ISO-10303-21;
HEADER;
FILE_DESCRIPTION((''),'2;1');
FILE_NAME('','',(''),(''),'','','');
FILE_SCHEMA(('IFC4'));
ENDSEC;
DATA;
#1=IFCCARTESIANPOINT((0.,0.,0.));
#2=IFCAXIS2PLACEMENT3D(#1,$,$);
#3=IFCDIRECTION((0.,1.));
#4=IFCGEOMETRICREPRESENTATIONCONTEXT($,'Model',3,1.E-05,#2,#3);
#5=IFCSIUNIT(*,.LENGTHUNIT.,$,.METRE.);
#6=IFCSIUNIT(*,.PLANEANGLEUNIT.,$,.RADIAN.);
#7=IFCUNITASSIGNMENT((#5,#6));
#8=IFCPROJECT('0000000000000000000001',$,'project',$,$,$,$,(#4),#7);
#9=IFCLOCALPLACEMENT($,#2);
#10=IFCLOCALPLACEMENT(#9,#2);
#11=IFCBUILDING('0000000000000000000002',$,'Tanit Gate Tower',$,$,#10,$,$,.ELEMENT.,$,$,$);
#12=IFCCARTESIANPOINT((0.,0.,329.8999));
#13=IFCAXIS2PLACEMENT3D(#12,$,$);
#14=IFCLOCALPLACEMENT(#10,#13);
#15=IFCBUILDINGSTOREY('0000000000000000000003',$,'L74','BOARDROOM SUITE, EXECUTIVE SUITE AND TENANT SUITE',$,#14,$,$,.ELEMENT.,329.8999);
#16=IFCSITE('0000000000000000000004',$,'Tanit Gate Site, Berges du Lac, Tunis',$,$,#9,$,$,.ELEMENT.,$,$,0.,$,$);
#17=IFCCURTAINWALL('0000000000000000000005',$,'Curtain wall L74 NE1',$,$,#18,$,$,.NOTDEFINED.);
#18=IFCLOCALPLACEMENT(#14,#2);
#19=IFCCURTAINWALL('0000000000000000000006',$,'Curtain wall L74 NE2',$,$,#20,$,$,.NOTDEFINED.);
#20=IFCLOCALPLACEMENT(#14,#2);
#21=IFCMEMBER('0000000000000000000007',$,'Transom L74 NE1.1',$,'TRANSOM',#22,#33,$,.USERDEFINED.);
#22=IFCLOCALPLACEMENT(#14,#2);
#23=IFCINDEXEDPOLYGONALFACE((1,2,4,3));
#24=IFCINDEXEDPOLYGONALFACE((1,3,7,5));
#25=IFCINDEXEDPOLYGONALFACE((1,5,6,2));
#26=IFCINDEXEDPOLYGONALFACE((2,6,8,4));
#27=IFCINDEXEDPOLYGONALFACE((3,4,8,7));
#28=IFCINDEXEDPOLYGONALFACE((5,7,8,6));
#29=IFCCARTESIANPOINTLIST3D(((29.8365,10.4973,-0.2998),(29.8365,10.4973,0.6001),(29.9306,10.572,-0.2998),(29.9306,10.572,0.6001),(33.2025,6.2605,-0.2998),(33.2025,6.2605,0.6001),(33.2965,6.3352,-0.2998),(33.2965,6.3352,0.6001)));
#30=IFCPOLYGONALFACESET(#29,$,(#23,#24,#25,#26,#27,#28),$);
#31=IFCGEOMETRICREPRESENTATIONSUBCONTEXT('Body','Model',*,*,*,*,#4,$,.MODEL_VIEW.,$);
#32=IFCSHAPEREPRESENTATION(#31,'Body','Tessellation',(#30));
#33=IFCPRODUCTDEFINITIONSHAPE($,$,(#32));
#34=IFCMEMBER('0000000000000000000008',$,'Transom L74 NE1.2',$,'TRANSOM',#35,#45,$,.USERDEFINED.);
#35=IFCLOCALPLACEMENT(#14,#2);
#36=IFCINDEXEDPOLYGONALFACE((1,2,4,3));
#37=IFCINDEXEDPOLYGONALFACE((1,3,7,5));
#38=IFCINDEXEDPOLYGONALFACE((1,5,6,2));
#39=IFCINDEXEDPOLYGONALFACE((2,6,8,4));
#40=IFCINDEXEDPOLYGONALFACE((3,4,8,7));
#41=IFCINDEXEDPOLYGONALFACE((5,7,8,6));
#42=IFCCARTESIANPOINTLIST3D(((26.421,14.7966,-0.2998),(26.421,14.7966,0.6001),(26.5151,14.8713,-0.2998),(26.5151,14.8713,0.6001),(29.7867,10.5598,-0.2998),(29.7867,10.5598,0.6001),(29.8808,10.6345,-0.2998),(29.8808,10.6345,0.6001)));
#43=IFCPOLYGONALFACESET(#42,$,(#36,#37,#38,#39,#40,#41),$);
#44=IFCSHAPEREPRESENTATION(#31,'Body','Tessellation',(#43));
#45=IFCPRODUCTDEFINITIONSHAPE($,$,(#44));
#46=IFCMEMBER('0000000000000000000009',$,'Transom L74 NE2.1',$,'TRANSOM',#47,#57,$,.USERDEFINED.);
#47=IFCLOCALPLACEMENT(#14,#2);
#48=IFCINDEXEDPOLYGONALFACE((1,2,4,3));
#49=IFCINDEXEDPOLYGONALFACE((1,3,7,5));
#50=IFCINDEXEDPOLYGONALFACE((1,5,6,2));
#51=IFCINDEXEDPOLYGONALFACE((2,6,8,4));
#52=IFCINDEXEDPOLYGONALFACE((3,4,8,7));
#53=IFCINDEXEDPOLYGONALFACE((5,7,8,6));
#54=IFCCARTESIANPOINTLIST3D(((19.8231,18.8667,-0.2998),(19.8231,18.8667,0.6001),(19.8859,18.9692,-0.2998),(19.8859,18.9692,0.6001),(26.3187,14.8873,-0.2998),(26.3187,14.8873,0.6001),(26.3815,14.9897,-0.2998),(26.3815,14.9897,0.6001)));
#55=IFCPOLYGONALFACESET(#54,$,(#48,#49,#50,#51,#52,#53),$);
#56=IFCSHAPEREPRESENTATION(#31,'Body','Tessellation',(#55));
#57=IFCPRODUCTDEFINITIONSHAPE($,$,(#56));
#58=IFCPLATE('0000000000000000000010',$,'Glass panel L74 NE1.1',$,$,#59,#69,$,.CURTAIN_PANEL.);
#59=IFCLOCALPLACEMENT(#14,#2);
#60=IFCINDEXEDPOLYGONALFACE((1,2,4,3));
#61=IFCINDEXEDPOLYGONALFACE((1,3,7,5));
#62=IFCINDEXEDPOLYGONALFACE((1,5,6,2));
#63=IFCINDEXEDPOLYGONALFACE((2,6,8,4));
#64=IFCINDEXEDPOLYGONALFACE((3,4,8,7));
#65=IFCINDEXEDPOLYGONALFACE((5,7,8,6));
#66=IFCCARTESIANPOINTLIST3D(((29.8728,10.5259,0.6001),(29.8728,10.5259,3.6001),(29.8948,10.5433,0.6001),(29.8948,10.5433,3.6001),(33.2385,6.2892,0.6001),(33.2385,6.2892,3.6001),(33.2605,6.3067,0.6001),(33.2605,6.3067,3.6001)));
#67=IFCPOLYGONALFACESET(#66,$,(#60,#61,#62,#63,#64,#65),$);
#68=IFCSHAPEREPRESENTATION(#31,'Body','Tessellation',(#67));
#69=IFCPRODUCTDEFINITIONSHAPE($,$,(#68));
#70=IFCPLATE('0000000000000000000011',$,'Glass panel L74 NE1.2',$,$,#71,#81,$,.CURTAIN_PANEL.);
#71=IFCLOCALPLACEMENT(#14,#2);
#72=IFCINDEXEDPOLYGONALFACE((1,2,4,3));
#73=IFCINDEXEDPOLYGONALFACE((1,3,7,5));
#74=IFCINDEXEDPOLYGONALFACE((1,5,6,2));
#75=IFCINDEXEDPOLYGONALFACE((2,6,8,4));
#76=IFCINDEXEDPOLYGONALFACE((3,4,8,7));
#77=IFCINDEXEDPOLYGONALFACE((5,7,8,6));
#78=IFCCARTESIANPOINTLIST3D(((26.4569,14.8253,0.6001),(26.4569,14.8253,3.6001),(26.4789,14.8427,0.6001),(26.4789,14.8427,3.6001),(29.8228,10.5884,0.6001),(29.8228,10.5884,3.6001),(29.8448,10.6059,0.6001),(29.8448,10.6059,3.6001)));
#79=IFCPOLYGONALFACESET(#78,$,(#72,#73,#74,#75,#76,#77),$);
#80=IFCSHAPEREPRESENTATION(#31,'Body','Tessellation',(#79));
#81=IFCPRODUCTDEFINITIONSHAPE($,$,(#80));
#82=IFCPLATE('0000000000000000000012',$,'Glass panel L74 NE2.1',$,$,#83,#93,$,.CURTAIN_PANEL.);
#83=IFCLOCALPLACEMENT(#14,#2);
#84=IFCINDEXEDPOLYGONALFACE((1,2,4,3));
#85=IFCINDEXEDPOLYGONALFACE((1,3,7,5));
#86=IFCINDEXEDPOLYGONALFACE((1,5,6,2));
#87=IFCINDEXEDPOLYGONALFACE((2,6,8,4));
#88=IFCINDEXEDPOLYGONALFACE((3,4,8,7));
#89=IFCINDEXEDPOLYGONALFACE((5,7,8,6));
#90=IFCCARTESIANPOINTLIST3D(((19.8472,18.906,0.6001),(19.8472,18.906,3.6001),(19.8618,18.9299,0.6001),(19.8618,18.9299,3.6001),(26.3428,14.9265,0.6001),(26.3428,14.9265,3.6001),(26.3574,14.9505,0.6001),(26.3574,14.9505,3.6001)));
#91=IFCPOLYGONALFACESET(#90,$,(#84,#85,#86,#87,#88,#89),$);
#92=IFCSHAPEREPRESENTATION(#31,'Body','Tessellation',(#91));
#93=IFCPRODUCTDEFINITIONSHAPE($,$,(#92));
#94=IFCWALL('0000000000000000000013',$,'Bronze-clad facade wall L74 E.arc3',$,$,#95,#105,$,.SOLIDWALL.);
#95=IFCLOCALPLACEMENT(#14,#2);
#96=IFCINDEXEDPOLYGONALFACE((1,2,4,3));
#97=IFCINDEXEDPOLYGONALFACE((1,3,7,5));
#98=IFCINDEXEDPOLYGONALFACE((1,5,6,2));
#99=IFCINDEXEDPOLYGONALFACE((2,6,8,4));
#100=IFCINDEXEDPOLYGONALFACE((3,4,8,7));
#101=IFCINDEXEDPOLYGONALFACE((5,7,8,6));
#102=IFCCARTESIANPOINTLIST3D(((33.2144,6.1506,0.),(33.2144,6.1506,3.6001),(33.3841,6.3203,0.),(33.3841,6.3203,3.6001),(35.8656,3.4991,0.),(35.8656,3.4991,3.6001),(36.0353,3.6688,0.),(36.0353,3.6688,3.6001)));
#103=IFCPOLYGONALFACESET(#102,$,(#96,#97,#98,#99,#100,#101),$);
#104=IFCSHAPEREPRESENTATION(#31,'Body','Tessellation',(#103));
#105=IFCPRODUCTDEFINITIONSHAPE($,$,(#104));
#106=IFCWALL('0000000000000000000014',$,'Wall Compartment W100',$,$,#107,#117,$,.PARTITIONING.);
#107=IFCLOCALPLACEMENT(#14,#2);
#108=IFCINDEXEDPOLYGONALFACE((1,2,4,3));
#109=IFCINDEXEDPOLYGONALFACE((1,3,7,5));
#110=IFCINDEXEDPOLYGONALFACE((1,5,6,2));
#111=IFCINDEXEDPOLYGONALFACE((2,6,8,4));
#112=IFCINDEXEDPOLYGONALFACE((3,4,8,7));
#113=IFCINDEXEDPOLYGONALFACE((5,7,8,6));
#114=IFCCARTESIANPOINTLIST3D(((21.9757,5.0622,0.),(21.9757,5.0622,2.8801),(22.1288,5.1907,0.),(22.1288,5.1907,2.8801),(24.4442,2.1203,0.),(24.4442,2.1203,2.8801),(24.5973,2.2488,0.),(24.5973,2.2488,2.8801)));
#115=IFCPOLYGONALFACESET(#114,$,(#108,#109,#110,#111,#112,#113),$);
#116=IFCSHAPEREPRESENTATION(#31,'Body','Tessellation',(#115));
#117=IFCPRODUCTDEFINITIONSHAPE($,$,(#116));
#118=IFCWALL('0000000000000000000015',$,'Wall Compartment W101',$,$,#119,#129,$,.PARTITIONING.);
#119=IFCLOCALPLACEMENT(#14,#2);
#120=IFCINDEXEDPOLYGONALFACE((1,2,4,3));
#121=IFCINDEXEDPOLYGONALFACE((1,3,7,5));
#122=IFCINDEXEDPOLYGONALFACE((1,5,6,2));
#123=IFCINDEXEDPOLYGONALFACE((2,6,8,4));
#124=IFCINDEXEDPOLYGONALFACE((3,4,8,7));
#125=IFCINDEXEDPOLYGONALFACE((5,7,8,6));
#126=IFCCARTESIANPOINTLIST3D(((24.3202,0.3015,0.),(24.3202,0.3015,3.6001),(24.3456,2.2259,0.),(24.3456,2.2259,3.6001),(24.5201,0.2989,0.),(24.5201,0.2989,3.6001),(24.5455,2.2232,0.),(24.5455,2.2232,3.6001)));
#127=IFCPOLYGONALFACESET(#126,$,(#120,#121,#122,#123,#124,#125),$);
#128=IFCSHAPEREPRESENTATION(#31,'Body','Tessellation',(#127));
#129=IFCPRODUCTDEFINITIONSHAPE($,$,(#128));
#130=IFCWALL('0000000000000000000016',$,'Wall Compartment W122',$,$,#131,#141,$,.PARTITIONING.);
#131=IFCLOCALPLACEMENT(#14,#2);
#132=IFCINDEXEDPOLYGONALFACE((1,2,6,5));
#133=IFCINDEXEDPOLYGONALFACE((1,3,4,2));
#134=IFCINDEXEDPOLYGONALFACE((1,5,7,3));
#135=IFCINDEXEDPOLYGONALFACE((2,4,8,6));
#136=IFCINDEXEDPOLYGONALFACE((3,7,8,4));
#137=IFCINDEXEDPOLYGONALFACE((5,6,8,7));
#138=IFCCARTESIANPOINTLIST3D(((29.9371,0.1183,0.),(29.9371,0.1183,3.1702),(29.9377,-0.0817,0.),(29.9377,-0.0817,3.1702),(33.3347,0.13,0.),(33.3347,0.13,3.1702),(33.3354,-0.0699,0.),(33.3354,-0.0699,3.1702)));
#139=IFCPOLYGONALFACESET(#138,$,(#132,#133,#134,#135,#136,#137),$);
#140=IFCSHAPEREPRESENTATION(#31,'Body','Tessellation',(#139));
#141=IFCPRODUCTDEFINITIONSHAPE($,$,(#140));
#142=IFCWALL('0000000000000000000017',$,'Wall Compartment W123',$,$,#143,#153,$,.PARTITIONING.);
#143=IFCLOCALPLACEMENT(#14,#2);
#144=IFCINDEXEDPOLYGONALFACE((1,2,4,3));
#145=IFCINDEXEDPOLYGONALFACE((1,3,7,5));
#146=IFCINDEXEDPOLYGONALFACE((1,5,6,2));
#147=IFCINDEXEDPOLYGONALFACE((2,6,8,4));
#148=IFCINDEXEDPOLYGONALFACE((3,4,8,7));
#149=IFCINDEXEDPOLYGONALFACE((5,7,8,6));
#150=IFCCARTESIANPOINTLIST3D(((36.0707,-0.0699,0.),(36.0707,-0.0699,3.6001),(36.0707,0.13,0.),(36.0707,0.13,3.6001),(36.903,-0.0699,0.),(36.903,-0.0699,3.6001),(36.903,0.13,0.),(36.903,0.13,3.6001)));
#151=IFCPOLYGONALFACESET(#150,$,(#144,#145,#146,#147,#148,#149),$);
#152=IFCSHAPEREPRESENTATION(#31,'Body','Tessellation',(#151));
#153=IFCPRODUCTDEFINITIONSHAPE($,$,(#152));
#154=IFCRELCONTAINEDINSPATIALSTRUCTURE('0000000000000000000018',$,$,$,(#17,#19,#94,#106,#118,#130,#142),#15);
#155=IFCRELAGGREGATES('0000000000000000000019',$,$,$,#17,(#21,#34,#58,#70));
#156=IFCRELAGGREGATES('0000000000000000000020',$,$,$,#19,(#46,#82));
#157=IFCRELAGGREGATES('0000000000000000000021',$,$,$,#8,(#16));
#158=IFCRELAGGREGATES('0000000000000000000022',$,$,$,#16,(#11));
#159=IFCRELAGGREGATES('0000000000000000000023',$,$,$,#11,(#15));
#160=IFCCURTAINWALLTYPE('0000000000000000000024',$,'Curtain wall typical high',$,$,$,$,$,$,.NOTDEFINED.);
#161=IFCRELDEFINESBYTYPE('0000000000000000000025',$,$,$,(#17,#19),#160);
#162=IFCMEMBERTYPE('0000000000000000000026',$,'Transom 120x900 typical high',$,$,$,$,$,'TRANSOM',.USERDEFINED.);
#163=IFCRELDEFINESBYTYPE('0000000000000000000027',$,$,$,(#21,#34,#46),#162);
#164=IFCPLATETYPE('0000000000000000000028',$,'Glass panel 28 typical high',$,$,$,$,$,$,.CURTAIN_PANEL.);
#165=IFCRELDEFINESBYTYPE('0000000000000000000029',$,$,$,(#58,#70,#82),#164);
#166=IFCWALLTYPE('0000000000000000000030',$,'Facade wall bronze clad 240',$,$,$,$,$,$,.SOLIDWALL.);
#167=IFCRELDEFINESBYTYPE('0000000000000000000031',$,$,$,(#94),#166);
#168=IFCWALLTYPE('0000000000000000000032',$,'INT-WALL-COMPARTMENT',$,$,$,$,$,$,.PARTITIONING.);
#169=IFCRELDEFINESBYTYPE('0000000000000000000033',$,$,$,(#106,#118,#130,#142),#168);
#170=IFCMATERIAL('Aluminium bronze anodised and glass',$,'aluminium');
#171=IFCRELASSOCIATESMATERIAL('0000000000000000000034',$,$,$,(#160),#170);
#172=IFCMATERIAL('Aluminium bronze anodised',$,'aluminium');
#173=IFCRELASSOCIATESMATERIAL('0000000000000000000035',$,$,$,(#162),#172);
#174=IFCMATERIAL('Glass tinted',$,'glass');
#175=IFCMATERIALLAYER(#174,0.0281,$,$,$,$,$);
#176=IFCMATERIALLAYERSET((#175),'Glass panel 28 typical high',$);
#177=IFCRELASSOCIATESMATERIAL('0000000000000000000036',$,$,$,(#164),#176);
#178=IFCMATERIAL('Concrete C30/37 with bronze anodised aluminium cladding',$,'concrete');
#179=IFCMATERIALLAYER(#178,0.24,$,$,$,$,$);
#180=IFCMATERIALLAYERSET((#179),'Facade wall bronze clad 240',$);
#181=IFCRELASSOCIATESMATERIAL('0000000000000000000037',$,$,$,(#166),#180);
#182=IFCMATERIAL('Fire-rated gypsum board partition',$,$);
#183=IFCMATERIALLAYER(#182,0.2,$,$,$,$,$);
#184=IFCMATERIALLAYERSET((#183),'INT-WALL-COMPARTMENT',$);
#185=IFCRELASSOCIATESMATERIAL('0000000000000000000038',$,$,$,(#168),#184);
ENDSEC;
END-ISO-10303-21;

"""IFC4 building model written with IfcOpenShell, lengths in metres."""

from ifc_helpers import new_model, si_unit, direction, frame, frame_2d, origin, origin_2d, place, context, subcontext, project, spatial, rectangle, extrude, material, layer, layer_set, material_profile, profile_set, type_object, element, aggregate, save


model = new_model("IFC4")

# Units and contexts
model_context = context("Model", 3, precision=1e-05, world=origin(), true_north=direction((0.0, 1.0)))
body_context = subcontext(model_context, "Body", "Model", "MODEL_VIEW")
ifc_project = project(units=[si_unit("LENGTHUNIT", "METRE"), si_unit("PLANEANGLEUNIT", "RADIAN")], contexts=[model_context])

# Site, building, storey
site_placement = place(None, origin())
site = spatial("IfcSite", under=ifc_project, at=site_placement, Name="Tanit Gate Site, Berges du Lac, Tunis", CompositionType="ELEMENT", RefElevation=0.0)
building_placement = place(site_placement, origin())
building = spatial("IfcBuilding", under=site, at=building_placement, Name="Tanit Gate Tower", CompositionType="ELEMENT")
storey_placement = place(building_placement, frame((0.0, 0.0, 329.8999)))
storey = spatial("IfcBuildingStorey", under=building, at=storey_placement, Name="L74", Description="BOARDROOM SUITE, EXECUTIVE SUITE AND TENANT SUITE", CompositionType="ELEMENT", Elevation=329.8999)

# Curtain walls
ifc_material_1 = material(Name="Aluminium bronze anodised and glass", Category="aluminium")
curtain_wall_type = type_object("IfcCurtainWallType", Name="Curtain wall typical high", PredefinedType="NOTDEFINED", material=ifc_material_1)
curtain_wall_1_placement = place(storey_placement, origin())
curtain_wall_1 = element("IfcCurtainWall", 1, at=curtain_wall_1_placement, inside=storey, type_object=curtain_wall_type, Name="Curtain wall L74 NE1", PredefinedType="NOTDEFINED")
curtain_wall_2_placement = place(storey_placement, origin())
curtain_wall_2 = element("IfcCurtainWall", 2, at=curtain_wall_2_placement, inside=storey, type_object=curtain_wall_type, Name="Curtain wall L74 NE2", PredefinedType="NOTDEFINED")

# Members
ifc_material_2 = material(Name="Aluminium bronze anodised", Category="aluminium")
ifc_material_profile_1 = material_profile(ifc_material_2, rectangle(XDim=0.1201, YDim=0.8999, at=origin_2d()), Name="120x900 bronze transom")
ifc_profile_set_1 = profile_set([ifc_material_profile_1], Name="Aluminium bronze anodised")
member_type_1 = type_object("IfcMemberType", Name="Transom 120x900 typical high", ElementType="TRANSOM", PredefinedType="USERDEFINED", material=ifc_profile_set_1)
member_1_placement = place(storey_placement, frame((33.2495, 6.2979, 0.1501), z_axis=(-0.622045, 0.782982, 0.0), x_axis=(-0.782982, -0.622045, 0.0)))
member_1 = element("IfcMember", 3, at=member_1_placement, type_object=member_type_1, Name="Transom L74 NE1.1", ObjectType="TRANSOM", PredefinedType="USERDEFINED", context=body_context, shape_type="SweptSolid", body=[
    extrude(rectangle(XDim=0.1201, YDim=0.8999, at=origin_2d()), origin(), (0.0, 0.0, 1.0), 5.4111),
])
member_2_placement = place(storey_placement, frame((29.8337, 10.5972, 0.1501), z_axis=(-0.622017, 0.783004, 0.0), x_axis=(-0.783004, -0.622017, 0.0)))
member_2 = element("IfcMember", 4, at=member_2_placement, type_object=member_type_1, Name="Transom L74 NE1.2", ObjectType="TRANSOM", PredefinedType="USERDEFINED", context=body_context, shape_type="SweptSolid", body=[
    extrude(rectangle(XDim=0.1201, YDim=0.8999, at=origin_2d()), origin(), (0.0, 0.0, 1.0), 5.4109),
])
member_3_placement = place(storey_placement, frame((26.3501, 14.9385, 0.1501), z_axis=(-0.8527, 0.522401, 0.0), x_axis=(-0.522401, -0.8527, 0.0)))
member_3 = element("IfcMember", 5, at=member_3_placement, type_object=member_type_1, Name="Transom L74 NE2.1", ObjectType="TRANSOM", PredefinedType="USERDEFINED", context=body_context, shape_type="SweptSolid", body=[
    extrude(rectangle(XDim=0.1201, YDim=0.8999, at=origin_2d()), origin(), (0.0, 0.0, 1.0), 7.6177),
])

# Plates
ifc_material_3 = material(Name="Glass tinted", Category="glass")
ifc_layer_1 = layer(ifc_material_3, 0.0281)
ifc_layer_set_1 = layer_set([ifc_layer_1], Name="Glass panel 28 typical high")
plate_type = type_object("IfcPlateType", Name="Glass panel 28 typical high", PredefinedType="CURTAIN_PANEL", material=ifc_layer_set_1)
plate_1_placement = place(storey_placement, frame((31.5667, 8.4163, 0.6001), z_axis=(0.0, 0.0, 1.0), x_axis=(-0.622036, 0.782989, 0.0)))
plate_1 = element("IfcPlate", 6, at=plate_1_placement, type_object=plate_type, Name="Glass panel L74 NE1.1", PredefinedType="CURTAIN_PANEL", context=body_context, shape_type="SweptSolid", body=[
    extrude(rectangle(XDim=5.4109, YDim=0.0281, at=origin_2d()), origin(), (0.0, 0.0, 1.0), 3.0),
])
plate_2_placement = place(storey_placement, frame((28.1509, 12.7156, 0.6001), z_axis=(0.0, 0.0, 1.0), x_axis=(-0.622036, 0.782989, 0.0)))
plate_2 = element("IfcPlate", 7, at=plate_2_placement, type_object=plate_type, Name="Glass panel L74 NE1.2", PredefinedType="CURTAIN_PANEL", context=body_context, shape_type="SweptSolid", body=[
    extrude(rectangle(XDim=5.4111, YDim=0.0281, at=origin_2d()), origin(), (0.0, 0.0, 1.0), 3.0),
])
aggregate(curtain_wall_1, [member_1, member_2, plate_1, plate_2])
plate_3_placement = place(storey_placement, frame((23.1023, 16.9282, 0.6001), z_axis=(0.0, 0.0, 1.0), x_axis=(-0.8527, 0.522401, 0.0)))
plate_3 = element("IfcPlate", 8, at=plate_3_placement, type_object=plate_type, Name="Glass panel L74 NE2.1", PredefinedType="CURTAIN_PANEL", context=body_context, shape_type="SweptSolid", body=[
    extrude(rectangle(XDim=7.6177, YDim=0.0281, at=origin_2d()), origin(), (0.0, 0.0, 1.0), 3.0),
])
aggregate(curtain_wall_2, [member_3, plate_3])

# Walls
ifc_material_4 = material(Name="Concrete C30/37 with bronze anodised aluminium cladding", Category="concrete")
ifc_layer_2 = layer(ifc_material_4, 0.24)
ifc_layer_set_2 = layer_set([ifc_layer_2], Name="Facade wall bronze clad 240")
wall_type_1 = type_object("IfcWallType", Name="Facade wall bronze clad 240", PredefinedType="SOLIDWALL", material=ifc_layer_set_2)
wall_1_placement = place(storey_placement, frame((35.9504, 3.584, 0.0), z_axis=(0.0, 0.0, 1.0), x_axis=(-0.707074, 0.707139, 0.0)))
element("IfcWall", 9, at=wall_1_placement, inside=storey, type_object=wall_type_1, Name="Bronze-clad facade wall L74 E.arc3", PredefinedType="SOLIDWALL", context=body_context, shape_type="SweptSolid", body=[
    extrude(rectangle(XDim=3.7495, YDim=0.24, at=frame_2d((1.8748, 0.0))), origin(), (0.0, 0.0, 1.0), 3.6001),
])
ifc_material_5 = material(Name="Fire-rated gypsum board partition")
ifc_layer_3 = layer(ifc_material_5, 0.2)
ifc_layer_set_3 = layer_set([ifc_layer_3], Name="INT-WALL-COMPARTMENT")
wall_type_2 = type_object("IfcWallType", Name="INT-WALL-COMPARTMENT", PredefinedType="PARTITIONING", material=ifc_layer_set_3)
wall_2_placement = place(storey_placement, frame((24.5208, 2.1846, 0.0), z_axis=(0.0, 0.0, 1.0), x_axis=(-0.642782, 0.766049, 0.0)))
element("IfcWall", 10, at=wall_2_placement, inside=storey, type_object=wall_type_2, Name="Wall Compartment W100", PredefinedType="PARTITIONING", context=body_context, shape_type="SweptSolid", body=[
    extrude(rectangle(XDim=3.8403, YDim=0.2, at=frame_2d((1.9202, 0.0))), origin(), (0.0, 0.0, 1.0), 2.8801),
])
wall_3_placement = place(storey_placement, frame((24.4202, 0.3, 0.0), z_axis=(0.0, 0.0, 1.0), x_axis=(0.013193, 0.999913, 0.0)))
element("IfcWall", 11, at=wall_3_placement, inside=storey, type_object=wall_type_2, Name="Wall Compartment W101", PredefinedType="PARTITIONING", context=body_context, shape_type="SweptSolid", body=[
    extrude(rectangle(XDim=1.9246, YDim=0.2, at=frame_2d((0.9624, 0.0))), origin(), (0.0, 0.0, 1.0), 3.6001),
])
wall_4_placement = place(storey_placement, frame((33.335, 0.03, 0.0), z_axis=(0.0, 0.0, 1.0), x_axis=(-0.999994, -0.003449, 0.0)))
element("IfcWall", 12, at=wall_4_placement, inside=storey, type_object=wall_type_2, Name="Wall Compartment W122", PredefinedType="PARTITIONING", context=body_context, shape_type="SweptSolid", body=[
    extrude(rectangle(XDim=3.3977, YDim=0.2, at=frame_2d((1.6987, 0.0))), origin(), (0.0, 0.0, 1.0), 3.1702),
])
wall_5_placement = place(storey_placement, frame((36.9028, 0.03, 0.0), z_axis=(0.0, 0.0, 1.0), x_axis=(-1.0, 0.0, 0.0)))
element("IfcWall", 13, at=wall_5_placement, inside=storey, type_object=wall_type_2, Name="Wall Compartment W123", PredefinedType="PARTITIONING", context=body_context, shape_type="SweptSolid", body=[
    extrude(rectangle(XDim=0.8323, YDim=0.2, at=frame_2d((0.416, 0.0))), origin(), (0.0, 0.0, 1.0), 3.6001),
])

save(model, "model.ifc")
